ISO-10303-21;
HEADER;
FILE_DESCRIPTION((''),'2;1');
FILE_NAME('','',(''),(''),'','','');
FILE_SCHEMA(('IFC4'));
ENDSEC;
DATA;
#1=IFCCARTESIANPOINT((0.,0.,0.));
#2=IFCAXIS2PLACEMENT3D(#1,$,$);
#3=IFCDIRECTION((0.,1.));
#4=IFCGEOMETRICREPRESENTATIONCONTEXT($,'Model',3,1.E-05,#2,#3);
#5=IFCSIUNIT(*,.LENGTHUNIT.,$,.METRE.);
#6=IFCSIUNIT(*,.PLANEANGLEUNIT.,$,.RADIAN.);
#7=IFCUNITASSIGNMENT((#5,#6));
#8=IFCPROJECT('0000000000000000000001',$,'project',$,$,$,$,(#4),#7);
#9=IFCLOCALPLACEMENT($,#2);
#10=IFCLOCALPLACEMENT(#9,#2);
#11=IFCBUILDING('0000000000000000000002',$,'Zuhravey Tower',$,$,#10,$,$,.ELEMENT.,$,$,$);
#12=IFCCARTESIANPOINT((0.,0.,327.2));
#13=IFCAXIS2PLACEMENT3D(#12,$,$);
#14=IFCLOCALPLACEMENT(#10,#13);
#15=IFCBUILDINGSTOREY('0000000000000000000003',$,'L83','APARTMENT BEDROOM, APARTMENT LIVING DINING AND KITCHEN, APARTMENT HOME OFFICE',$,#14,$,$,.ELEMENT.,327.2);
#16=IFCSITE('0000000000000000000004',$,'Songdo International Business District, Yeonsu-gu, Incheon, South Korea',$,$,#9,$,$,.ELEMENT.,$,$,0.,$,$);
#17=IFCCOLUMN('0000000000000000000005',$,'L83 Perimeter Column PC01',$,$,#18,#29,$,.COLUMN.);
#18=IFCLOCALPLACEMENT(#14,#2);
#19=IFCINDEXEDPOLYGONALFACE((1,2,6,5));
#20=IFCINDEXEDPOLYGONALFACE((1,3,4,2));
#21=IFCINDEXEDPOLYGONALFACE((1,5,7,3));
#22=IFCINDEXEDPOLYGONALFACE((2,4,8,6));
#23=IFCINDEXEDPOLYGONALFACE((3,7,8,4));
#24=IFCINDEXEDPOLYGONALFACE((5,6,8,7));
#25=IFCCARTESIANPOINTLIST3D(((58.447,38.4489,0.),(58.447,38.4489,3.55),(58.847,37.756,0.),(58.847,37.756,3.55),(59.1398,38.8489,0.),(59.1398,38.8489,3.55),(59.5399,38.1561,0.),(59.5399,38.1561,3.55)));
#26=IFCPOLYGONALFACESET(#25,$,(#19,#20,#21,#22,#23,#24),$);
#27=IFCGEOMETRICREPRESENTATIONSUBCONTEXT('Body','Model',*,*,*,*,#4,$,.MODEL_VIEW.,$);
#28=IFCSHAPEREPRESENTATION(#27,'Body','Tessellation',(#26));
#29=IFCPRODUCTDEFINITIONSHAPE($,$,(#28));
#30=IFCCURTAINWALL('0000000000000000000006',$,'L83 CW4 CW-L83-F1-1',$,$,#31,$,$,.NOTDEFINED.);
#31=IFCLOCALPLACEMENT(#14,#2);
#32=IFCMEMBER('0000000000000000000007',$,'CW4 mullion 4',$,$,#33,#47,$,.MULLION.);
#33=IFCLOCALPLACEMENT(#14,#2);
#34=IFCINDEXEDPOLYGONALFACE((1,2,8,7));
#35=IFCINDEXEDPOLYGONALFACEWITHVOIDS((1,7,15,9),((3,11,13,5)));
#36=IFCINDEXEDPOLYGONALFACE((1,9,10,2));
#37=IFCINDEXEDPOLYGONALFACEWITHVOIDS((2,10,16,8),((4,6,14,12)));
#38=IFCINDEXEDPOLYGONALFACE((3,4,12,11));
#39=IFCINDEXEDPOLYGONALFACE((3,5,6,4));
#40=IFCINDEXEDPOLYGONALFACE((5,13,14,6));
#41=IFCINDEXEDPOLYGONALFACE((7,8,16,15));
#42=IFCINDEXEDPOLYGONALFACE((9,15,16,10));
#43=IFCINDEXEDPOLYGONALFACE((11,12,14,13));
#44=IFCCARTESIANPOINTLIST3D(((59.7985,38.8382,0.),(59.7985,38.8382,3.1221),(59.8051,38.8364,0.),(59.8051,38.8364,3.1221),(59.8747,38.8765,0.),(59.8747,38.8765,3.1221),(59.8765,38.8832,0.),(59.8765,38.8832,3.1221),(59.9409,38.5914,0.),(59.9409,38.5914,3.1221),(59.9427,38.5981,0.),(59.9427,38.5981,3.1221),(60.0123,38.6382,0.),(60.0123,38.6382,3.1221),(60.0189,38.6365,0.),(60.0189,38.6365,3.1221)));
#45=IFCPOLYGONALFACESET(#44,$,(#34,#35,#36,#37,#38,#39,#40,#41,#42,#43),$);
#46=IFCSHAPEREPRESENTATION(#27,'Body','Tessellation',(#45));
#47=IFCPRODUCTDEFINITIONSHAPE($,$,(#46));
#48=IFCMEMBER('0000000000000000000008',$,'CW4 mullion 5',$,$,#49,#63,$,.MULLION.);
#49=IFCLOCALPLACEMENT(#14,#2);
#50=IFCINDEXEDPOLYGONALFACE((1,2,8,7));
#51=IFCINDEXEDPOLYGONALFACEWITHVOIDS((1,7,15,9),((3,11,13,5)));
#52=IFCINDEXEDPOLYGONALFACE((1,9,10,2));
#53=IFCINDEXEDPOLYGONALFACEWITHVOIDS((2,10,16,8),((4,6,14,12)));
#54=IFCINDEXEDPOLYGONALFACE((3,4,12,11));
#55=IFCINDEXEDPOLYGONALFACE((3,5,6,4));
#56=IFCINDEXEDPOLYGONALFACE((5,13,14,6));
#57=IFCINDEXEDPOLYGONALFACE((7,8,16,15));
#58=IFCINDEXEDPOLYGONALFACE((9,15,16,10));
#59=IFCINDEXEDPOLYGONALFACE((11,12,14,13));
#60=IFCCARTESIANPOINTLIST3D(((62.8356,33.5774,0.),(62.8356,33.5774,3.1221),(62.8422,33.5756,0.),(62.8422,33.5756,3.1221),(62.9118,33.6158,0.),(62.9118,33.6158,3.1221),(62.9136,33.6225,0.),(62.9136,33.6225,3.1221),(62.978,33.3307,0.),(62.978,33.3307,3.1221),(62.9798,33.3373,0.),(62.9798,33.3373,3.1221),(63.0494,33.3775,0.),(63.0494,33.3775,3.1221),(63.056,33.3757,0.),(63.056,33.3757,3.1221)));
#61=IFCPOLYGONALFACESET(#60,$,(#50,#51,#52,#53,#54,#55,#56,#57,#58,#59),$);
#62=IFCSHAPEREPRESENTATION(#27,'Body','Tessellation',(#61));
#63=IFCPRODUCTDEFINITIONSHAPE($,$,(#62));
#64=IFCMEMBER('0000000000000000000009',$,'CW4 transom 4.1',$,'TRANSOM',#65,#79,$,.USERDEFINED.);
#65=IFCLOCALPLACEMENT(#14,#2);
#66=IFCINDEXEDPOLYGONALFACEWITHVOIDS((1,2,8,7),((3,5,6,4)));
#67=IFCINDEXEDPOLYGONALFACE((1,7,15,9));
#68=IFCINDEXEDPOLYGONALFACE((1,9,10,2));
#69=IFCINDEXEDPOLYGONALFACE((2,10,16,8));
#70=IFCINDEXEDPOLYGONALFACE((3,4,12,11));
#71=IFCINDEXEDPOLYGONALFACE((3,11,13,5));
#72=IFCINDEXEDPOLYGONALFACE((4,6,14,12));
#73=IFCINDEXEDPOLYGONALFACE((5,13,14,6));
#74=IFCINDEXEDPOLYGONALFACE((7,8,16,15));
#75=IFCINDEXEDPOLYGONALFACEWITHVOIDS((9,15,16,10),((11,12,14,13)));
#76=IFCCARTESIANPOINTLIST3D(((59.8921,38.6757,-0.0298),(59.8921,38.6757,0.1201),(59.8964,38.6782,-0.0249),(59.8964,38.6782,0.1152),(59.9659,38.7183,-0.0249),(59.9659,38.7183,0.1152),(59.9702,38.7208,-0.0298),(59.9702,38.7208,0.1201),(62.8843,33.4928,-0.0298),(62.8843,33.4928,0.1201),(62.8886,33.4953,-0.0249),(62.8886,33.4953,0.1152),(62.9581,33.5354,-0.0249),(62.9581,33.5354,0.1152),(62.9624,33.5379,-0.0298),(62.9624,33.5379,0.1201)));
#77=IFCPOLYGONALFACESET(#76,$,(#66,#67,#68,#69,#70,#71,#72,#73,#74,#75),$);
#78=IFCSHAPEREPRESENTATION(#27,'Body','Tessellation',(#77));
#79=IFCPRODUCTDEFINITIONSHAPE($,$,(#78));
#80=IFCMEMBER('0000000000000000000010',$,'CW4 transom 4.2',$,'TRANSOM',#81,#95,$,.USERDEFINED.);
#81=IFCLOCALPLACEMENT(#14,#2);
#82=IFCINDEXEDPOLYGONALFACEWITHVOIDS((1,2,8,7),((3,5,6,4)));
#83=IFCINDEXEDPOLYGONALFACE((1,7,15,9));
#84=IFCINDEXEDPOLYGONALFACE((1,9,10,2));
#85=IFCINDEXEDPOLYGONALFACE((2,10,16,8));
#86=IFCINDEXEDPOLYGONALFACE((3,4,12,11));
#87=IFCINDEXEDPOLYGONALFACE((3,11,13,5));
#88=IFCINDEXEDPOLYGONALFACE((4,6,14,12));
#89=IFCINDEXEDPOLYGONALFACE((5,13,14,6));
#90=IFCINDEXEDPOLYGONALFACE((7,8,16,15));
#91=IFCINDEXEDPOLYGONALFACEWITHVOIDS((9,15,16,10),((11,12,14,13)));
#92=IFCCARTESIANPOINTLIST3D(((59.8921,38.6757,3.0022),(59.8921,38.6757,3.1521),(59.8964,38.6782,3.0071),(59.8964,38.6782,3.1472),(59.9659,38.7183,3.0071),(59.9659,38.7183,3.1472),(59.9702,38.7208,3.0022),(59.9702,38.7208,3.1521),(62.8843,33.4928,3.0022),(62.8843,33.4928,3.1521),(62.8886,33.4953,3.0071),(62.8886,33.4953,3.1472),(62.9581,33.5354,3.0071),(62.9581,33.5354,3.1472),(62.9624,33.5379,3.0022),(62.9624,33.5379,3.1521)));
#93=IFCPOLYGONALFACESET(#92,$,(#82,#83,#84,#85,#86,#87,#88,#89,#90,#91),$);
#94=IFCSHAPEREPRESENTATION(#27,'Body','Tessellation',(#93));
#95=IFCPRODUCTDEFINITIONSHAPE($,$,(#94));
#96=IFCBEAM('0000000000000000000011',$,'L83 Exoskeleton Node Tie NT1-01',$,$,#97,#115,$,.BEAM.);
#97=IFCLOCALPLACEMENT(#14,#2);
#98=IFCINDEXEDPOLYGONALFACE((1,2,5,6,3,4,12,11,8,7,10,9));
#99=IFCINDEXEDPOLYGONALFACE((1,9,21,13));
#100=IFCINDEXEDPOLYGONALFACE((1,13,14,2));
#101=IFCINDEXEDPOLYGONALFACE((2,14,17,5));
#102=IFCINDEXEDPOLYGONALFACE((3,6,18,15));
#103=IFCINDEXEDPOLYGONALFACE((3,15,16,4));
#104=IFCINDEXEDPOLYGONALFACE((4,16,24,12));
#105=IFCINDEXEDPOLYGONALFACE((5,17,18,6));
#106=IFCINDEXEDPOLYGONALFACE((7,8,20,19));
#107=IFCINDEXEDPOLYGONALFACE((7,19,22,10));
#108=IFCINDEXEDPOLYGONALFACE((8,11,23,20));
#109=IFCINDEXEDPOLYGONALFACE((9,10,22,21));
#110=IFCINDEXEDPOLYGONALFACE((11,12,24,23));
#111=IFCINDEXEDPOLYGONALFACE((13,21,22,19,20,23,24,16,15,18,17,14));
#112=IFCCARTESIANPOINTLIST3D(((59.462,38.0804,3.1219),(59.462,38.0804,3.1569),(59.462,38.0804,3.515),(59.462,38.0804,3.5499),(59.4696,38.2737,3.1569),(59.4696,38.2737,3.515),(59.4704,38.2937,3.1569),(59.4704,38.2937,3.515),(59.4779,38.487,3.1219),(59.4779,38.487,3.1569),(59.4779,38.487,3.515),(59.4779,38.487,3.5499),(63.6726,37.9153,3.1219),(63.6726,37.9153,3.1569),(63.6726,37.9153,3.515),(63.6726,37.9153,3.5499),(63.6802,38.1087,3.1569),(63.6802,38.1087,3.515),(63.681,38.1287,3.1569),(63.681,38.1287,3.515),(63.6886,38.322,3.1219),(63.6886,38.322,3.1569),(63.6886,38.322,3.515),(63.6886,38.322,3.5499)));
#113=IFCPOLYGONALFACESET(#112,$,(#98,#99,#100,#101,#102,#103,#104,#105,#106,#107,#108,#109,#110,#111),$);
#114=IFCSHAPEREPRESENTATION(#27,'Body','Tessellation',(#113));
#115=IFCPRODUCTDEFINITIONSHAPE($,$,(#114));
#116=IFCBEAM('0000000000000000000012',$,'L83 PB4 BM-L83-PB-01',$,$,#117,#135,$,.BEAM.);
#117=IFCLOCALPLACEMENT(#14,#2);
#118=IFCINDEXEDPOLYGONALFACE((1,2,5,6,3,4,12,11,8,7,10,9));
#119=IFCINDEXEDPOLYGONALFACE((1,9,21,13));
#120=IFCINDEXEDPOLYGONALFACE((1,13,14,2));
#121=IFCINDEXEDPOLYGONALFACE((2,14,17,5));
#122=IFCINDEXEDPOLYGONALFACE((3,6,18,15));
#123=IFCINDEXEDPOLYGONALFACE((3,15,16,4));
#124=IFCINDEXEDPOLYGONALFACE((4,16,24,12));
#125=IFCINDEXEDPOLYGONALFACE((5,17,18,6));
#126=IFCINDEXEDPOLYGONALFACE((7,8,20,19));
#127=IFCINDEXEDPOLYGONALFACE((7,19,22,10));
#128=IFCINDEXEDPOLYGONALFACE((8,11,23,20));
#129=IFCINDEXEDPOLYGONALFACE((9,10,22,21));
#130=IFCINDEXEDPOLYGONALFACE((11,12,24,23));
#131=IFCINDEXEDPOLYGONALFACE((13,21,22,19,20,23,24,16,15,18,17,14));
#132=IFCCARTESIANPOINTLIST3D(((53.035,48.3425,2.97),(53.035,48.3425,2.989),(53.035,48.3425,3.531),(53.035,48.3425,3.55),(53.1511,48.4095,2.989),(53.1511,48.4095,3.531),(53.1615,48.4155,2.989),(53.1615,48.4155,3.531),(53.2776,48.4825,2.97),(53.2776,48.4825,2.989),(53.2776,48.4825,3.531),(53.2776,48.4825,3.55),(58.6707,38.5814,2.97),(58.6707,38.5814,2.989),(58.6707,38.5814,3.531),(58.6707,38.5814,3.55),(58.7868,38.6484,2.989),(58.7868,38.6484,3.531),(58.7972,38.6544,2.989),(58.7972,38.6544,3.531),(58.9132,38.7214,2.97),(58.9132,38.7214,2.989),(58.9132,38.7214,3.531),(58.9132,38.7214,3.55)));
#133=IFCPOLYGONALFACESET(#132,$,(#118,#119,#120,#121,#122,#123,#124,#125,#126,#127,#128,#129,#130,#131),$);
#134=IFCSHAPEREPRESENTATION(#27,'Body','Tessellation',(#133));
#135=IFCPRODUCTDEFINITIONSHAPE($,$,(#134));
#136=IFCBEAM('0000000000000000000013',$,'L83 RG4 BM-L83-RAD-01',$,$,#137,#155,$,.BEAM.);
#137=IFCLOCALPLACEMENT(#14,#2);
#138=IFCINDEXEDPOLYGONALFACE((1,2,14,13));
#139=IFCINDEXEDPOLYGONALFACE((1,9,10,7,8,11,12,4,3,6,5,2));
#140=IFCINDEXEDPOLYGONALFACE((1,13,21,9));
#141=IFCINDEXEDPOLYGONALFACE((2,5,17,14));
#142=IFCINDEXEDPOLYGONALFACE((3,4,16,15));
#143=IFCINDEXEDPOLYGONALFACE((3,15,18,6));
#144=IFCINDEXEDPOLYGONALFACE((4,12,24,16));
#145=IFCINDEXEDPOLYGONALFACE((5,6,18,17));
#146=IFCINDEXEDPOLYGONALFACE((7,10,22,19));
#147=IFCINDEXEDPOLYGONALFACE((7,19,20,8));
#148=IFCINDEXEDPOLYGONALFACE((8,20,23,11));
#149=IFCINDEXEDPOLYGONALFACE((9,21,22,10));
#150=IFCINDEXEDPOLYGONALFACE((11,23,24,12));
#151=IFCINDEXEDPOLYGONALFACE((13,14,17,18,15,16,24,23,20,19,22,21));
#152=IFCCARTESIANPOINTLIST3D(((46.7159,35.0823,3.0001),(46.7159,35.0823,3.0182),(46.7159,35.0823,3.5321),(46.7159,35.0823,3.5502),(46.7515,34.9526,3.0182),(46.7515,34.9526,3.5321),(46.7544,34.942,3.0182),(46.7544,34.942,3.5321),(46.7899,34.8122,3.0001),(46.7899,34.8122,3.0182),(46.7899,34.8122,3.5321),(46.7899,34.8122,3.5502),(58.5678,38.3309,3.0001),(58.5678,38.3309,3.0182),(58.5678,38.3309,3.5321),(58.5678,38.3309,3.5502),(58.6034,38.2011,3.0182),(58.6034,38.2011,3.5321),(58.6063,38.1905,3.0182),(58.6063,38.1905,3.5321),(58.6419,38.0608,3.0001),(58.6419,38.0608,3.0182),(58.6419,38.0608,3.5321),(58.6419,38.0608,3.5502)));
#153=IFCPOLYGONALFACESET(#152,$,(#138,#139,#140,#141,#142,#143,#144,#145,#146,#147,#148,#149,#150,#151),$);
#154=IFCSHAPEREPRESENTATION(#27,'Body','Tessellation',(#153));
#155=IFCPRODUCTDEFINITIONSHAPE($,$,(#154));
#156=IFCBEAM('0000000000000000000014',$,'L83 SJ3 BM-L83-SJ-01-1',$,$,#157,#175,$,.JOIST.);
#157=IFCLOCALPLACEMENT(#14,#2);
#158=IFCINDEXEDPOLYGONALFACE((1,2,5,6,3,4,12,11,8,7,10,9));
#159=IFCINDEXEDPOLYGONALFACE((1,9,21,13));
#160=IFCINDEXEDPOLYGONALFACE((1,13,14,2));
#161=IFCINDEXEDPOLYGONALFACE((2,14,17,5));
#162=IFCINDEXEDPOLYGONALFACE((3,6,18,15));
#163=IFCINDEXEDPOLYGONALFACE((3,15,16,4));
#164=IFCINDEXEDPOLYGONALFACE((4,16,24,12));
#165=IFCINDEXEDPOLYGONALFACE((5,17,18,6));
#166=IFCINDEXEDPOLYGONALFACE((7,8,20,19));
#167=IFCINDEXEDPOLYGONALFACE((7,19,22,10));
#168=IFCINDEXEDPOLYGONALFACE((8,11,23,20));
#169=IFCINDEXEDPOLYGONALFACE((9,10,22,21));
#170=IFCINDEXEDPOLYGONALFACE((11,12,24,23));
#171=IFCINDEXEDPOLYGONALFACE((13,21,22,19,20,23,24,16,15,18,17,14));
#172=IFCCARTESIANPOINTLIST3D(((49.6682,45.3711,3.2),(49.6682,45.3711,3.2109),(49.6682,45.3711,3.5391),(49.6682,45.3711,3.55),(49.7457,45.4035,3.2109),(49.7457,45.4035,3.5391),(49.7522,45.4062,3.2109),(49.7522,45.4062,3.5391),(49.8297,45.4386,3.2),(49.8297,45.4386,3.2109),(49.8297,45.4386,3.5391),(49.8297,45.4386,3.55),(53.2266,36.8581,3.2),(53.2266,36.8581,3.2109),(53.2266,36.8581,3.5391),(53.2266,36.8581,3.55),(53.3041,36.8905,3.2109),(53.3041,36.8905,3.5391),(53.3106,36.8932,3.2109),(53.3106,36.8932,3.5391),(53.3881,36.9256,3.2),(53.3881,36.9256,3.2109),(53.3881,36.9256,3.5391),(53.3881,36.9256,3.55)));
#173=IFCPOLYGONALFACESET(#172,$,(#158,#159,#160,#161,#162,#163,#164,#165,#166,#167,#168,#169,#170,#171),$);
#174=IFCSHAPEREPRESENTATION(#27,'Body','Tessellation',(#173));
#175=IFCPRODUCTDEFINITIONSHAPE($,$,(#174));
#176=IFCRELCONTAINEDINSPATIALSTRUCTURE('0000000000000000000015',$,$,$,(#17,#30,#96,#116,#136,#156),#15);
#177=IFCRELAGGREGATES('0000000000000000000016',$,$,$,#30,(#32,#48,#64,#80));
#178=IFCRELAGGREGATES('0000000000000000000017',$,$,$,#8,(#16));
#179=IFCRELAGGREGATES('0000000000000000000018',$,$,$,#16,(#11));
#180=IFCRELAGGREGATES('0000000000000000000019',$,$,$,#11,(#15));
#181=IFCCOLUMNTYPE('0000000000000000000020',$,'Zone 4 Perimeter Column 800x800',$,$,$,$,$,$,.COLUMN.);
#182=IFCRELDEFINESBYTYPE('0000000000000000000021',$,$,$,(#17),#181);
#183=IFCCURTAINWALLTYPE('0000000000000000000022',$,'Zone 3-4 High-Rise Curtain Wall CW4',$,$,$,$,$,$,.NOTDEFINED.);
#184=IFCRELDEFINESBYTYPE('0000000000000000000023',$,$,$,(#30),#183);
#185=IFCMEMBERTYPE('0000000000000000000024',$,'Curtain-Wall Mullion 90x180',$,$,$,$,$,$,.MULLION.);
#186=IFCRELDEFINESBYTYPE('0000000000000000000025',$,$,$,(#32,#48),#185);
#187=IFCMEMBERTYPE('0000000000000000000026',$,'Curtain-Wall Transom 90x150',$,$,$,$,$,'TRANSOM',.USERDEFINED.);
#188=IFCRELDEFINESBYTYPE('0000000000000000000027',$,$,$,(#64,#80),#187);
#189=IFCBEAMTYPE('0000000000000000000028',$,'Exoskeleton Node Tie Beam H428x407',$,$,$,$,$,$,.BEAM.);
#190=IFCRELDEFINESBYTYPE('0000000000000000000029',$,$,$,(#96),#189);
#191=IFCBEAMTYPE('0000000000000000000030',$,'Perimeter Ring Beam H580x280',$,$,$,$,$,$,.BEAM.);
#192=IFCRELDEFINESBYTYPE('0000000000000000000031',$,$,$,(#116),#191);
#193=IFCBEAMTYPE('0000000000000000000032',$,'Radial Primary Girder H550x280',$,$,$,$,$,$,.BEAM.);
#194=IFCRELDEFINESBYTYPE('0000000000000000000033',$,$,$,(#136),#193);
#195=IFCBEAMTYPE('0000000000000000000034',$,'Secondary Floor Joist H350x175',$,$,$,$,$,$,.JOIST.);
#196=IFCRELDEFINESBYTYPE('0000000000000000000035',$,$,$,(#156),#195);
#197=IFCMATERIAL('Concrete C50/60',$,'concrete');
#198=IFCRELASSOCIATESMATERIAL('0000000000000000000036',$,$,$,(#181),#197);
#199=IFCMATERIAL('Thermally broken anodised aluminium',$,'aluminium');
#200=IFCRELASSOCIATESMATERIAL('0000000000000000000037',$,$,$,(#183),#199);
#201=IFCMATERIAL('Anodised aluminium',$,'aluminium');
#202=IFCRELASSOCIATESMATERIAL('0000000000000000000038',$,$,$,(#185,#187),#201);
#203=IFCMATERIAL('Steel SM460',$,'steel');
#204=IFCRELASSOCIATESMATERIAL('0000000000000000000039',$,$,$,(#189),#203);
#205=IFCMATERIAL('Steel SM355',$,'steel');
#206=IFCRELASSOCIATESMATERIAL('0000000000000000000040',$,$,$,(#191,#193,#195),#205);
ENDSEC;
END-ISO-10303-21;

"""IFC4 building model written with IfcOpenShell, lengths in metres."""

from ifc_helpers import new_model, si_unit, direction, frame, origin, origin_2d, place, context, subcontext, project, spatial, rectangle, hollow_rectangle, i_section, extrude, material, material_profile, profile_set, type_object, element, aggregate, save


model = new_model("IFC4")

# Units and contexts
model_context = context("Model", 3, precision=1e-05, world=origin(), true_north=direction((0.0, 1.0)))
body_context = subcontext(model_context, "Body", "Model", "MODEL_VIEW")
ifc_project = project(units=[si_unit("LENGTHUNIT", "METRE"), si_unit("PLANEANGLEUNIT", "RADIAN")], contexts=[model_context])

# Site, building, storey
site_placement = place(None, origin())
site = spatial("IfcSite", under=ifc_project, at=site_placement, Name="Songdo International Business District, Yeonsu-gu, Incheon, South Korea", CompositionType="ELEMENT", RefElevation=0.0)
building_placement = place(site_placement, origin())
building = spatial("IfcBuilding", under=site, at=building_placement, Name="Zuhravey Tower", CompositionType="ELEMENT")
storey_placement = place(building_placement, frame((0.0, 0.0, 327.2)))
storey = spatial("IfcBuildingStorey", under=building, at=storey_placement, Name="L83", Description="APARTMENT BEDROOM, APARTMENT LIVING DINING AND KITCHEN, APARTMENT HOME OFFICE", CompositionType="ELEMENT", Elevation=327.2)

# Column
ifc_material_1 = material(Name="Concrete C50/60", Category="concrete")
ifc_material_profile_1 = material_profile(ifc_material_1, rectangle(XDim=0.8, YDim=0.8, at=origin_2d()), Name="RC-800x800")
ifc_profile_set_1 = profile_set([ifc_material_profile_1], Name="Concrete C50/60")
column_type = type_object("IfcColumnType", Name="Zone 4 Perimeter Column 800x800", PredefinedType="COLUMN", material=ifc_profile_set_1)
column_placement = place(storey_placement, frame((58.9934, 38.3025, 0.0), z_axis=(0.0, 0.0, 1.0), x_axis=(-0.5, 0.866025, 0.0)))
element("IfcColumn", 1, at=column_placement, inside=storey, type_object=column_type, Name="L83 Perimeter Column PC01", PredefinedType="COLUMN", context=body_context, shape_type="SweptSolid", body=[
    extrude(rectangle(XDim=0.8, YDim=0.8, at=origin_2d()), origin(), (0.0, 0.0, 1.0), 3.55),
])

# Curtain wall, members
ifc_material_2 = material(Name="Thermally broken anodised aluminium", Category="aluminium")
curtain_wall_type = type_object("IfcCurtainWallType", Name="Zone 3-4 High-Rise Curtain Wall CW4", PredefinedType="NOTDEFINED", material=ifc_material_2)
curtain_wall_placement = place(storey_placement, origin())
curtain_wall = element("IfcCurtainWall", 2, at=curtain_wall_placement, inside=storey, type_object=curtain_wall_type, Name="L83 CW4 CW-L83-F1-1", PredefinedType="NOTDEFINED")
ifc_material_3 = material(Name="Anodised aluminium", Category="aluminium")
ifc_material_profile_2 = material_profile(ifc_material_3, hollow_rectangle(XDim=0.0901, YDim=0.2849, WallThickness=0.0049, at=origin_2d()), Name="ALU-RHS-90x285x5")
ifc_profile_set_2 = profile_set([ifc_material_profile_2], Name="Anodised aluminium")
member_type_1 = type_object("IfcMemberType", Name="Curtain-Wall Mullion 90x180", PredefinedType="MULLION", material=ifc_profile_set_2)
member_1_placement = place(storey_placement, frame((59.9087, 38.7373, 0.0), z_axis=(0.0, 0.0, 1.0), x_axis=(0.866026, 0.5, 0.0)))
member_1 = element("IfcMember", 3, at=member_1_placement, type_object=member_type_1, Name="CW4 mullion 4", PredefinedType="MULLION", context=body_context, shape_type="SweptSolid", body=[
    extrude(hollow_rectangle(XDim=0.0901, YDim=0.2849, WallThickness=0.0049, at=origin_2d()), origin(), (0.0, 0.0, 1.0), 3.1221),
])
member_2_placement = place(storey_placement, frame((62.9458, 33.4766, 0.0), z_axis=(0.0, 0.0, 1.0), x_axis=(0.866026, 0.5, 0.0)))
member_2 = element("IfcMember", 4, at=member_2_placement, type_object=member_type_1, Name="CW4 mullion 5", PredefinedType="MULLION", context=body_context, shape_type="SweptSolid", body=[
    extrude(hollow_rectangle(XDim=0.0901, YDim=0.2849, WallThickness=0.0049, at=origin_2d()), origin(), (0.0, 0.0, 1.0), 3.1221),
])
ifc_material_profile_3 = material_profile(ifc_material_3, hollow_rectangle(XDim=0.0901, YDim=0.1499, WallThickness=0.0049, at=origin_2d()), Name="ALU-RHS-90x150x5")
ifc_profile_set_3 = profile_set([ifc_material_profile_3], Name="Anodised aluminium")
member_type_2 = type_object("IfcMemberType", Name="Curtain-Wall Transom 90x150", ElementType="TRANSOM", PredefinedType="USERDEFINED", material=ifc_profile_set_3)
member_3_placement = place(storey_placement, frame((59.9312, 38.6982, 0.0452), z_axis=(0.499983, -0.866035, 0.0), x_axis=(0.866035, 0.499983, 0.0)))
member_3 = element("IfcMember", 5, at=member_3_placement, type_object=member_type_2, Name="CW4 transom 4.1", ObjectType="TRANSOM", PredefinedType="USERDEFINED", context=body_context, shape_type="SweptSolid", body=[
    extrude(hollow_rectangle(XDim=0.0901, YDim=0.1499, WallThickness=0.0049, at=origin_2d()), origin(), (0.0, 0.0, 1.0), 5.9846),
])
member_4_placement = place(storey_placement, frame((59.9312, 38.6982, 3.0771), z_axis=(0.499983, -0.866035, 0.0), x_axis=(0.866035, 0.499983, 0.0)))
member_4 = element("IfcMember", 6, at=member_4_placement, type_object=member_type_2, Name="CW4 transom 4.2", ObjectType="TRANSOM", PredefinedType="USERDEFINED", context=body_context, shape_type="SweptSolid", body=[
    extrude(hollow_rectangle(XDim=0.0901, YDim=0.1499, WallThickness=0.0049, at=origin_2d()), origin(), (0.0, 0.0, 1.0), 5.9846),
])

# Beams
ifc_material_4 = material(Name="Steel SM460", Category="steel")
ifc_material_profile_4 = material_profile(ifc_material_4, i_section(OverallWidth=0.407, OverallDepth=0.428, WebThickness=0.02, FlangeThickness=0.0349, at=origin_2d()), Name="H-428x407x20x35")
ifc_profile_set_4 = profile_set([ifc_material_profile_4], Name="Steel SM460")
beam_type_1 = type_object("IfcBeamType", Name="Exoskeleton Node Tie Beam H428x407", PredefinedType="BEAM", material=ifc_profile_set_4)
beam_1_placement = place(storey_placement, frame((59.47, 38.2837, 3.3359), z_axis=(0.999233, -0.039165, 0.0), x_axis=(0.039165, 0.999233, 0.0)))
element("IfcBeam", 7, at=beam_1_placement, inside=storey, type_object=beam_type_1, Name="L83 Exoskeleton Node Tie NT1-01", PredefinedType="BEAM", context=body_context, shape_type="SweptSolid", body=[
    extrude(i_section(OverallWidth=0.407, OverallDepth=0.428, WebThickness=0.02, FlangeThickness=0.0349, at=origin_2d()), origin(), (0.0, 0.0, 1.0), 4.2139),
])
ifc_material_5 = material(Name="Steel SM355", Category="steel")
ifc_material_profile_5 = material_profile(ifc_material_5, i_section(OverallWidth=0.28, OverallDepth=0.5801, WebThickness=0.012, FlangeThickness=0.019, at=origin_2d()), Name="H-580x280x12x19")
ifc_profile_set_5 = profile_set([ifc_material_profile_5], Name="Steel SM355")
beam_type_2 = type_object("IfcBeamType", Name="Perimeter Ring Beam H580x280", PredefinedType="BEAM", material=ifc_profile_set_5)
beam_2_placement = place(storey_placement, frame((58.792, 38.6514, 3.26), z_axis=(-0.500006, 0.866022, 0.0), x_axis=(-0.866022, -0.500006, 0.0)))
element("IfcBeam", 8, at=beam_2_placement, inside=storey, type_object=beam_type_2, Name="L83 PB4 BM-L83-PB-01", PredefinedType="BEAM", context=body_context, shape_type="SweptSolid", body=[
    extrude(i_section(OverallWidth=0.28, OverallDepth=0.5801, WebThickness=0.012, FlangeThickness=0.019, at=origin_2d()), origin(), (0.0, 0.0, 1.0), 11.2712),
])
ifc_material_profile_6 = material_profile(ifc_material_5, i_section(OverallWidth=0.28, OverallDepth=0.55, WebThickness=0.011, FlangeThickness=0.0181, at=origin_2d()), Name="H-550x280x11x18")
ifc_profile_set_6 = profile_set([ifc_material_profile_6], Name="Steel SM355")
beam_type_3 = type_object("IfcBeamType", Name="Radial Primary Girder H550x280", PredefinedType="BEAM", material=ifc_profile_set_6)
beam_3_placement = place(storey_placement, frame((46.7529, 34.9473, 3.2751), z_axis=(0.964428, 0.264346, 0.0), x_axis=(-0.264346, 0.964428, 0.0)))
element("IfcBeam", 9, at=beam_3_placement, inside=storey, type_object=beam_type_3, Name="L83 RG4 BM-L83-RAD-01", PredefinedType="BEAM", context=body_context, shape_type="SweptSolid", body=[
    extrude(i_section(OverallWidth=0.28, OverallDepth=0.55, WebThickness=0.011, FlangeThickness=0.0181, at=origin_2d()), origin(), (0.0, 0.0, 1.0), 12.2891),
])
ifc_material_profile_7 = material_profile(ifc_material_5, i_section(OverallWidth=0.175, OverallDepth=0.3501, WebThickness=0.0071, FlangeThickness=0.011, at=origin_2d()), Name="H-350x175x7x11")
ifc_profile_set_7 = profile_set([ifc_material_profile_7], Name="Steel SM355")
beam_type_4 = type_object("IfcBeamType", Name="Secondary Floor Joist H350x175", PredefinedType="JOIST", material=ifc_profile_set_7)
beam_4_placement = place(storey_placement, frame((53.3074, 36.8918, 3.375), z_axis=(-0.385658, 0.922642, 0.0), x_axis=(-0.922642, -0.385658, 0.0)))
element("IfcBeam", 10, at=beam_4_placement, inside=storey, type_object=beam_type_4, Name="L83 SJ3 BM-L83-SJ-01-1", PredefinedType="JOIST", context=body_context, shape_type="SweptSolid", body=[
    extrude(i_section(OverallWidth=0.175, OverallDepth=0.3501, WebThickness=0.0071, FlangeThickness=0.011, at=origin_2d()), origin(), (0.0, 0.0, 1.0), 9.2268),
])

aggregate(curtain_wall, [member_1, member_2, member_3, member_4])

save(model, "model.ifc")
